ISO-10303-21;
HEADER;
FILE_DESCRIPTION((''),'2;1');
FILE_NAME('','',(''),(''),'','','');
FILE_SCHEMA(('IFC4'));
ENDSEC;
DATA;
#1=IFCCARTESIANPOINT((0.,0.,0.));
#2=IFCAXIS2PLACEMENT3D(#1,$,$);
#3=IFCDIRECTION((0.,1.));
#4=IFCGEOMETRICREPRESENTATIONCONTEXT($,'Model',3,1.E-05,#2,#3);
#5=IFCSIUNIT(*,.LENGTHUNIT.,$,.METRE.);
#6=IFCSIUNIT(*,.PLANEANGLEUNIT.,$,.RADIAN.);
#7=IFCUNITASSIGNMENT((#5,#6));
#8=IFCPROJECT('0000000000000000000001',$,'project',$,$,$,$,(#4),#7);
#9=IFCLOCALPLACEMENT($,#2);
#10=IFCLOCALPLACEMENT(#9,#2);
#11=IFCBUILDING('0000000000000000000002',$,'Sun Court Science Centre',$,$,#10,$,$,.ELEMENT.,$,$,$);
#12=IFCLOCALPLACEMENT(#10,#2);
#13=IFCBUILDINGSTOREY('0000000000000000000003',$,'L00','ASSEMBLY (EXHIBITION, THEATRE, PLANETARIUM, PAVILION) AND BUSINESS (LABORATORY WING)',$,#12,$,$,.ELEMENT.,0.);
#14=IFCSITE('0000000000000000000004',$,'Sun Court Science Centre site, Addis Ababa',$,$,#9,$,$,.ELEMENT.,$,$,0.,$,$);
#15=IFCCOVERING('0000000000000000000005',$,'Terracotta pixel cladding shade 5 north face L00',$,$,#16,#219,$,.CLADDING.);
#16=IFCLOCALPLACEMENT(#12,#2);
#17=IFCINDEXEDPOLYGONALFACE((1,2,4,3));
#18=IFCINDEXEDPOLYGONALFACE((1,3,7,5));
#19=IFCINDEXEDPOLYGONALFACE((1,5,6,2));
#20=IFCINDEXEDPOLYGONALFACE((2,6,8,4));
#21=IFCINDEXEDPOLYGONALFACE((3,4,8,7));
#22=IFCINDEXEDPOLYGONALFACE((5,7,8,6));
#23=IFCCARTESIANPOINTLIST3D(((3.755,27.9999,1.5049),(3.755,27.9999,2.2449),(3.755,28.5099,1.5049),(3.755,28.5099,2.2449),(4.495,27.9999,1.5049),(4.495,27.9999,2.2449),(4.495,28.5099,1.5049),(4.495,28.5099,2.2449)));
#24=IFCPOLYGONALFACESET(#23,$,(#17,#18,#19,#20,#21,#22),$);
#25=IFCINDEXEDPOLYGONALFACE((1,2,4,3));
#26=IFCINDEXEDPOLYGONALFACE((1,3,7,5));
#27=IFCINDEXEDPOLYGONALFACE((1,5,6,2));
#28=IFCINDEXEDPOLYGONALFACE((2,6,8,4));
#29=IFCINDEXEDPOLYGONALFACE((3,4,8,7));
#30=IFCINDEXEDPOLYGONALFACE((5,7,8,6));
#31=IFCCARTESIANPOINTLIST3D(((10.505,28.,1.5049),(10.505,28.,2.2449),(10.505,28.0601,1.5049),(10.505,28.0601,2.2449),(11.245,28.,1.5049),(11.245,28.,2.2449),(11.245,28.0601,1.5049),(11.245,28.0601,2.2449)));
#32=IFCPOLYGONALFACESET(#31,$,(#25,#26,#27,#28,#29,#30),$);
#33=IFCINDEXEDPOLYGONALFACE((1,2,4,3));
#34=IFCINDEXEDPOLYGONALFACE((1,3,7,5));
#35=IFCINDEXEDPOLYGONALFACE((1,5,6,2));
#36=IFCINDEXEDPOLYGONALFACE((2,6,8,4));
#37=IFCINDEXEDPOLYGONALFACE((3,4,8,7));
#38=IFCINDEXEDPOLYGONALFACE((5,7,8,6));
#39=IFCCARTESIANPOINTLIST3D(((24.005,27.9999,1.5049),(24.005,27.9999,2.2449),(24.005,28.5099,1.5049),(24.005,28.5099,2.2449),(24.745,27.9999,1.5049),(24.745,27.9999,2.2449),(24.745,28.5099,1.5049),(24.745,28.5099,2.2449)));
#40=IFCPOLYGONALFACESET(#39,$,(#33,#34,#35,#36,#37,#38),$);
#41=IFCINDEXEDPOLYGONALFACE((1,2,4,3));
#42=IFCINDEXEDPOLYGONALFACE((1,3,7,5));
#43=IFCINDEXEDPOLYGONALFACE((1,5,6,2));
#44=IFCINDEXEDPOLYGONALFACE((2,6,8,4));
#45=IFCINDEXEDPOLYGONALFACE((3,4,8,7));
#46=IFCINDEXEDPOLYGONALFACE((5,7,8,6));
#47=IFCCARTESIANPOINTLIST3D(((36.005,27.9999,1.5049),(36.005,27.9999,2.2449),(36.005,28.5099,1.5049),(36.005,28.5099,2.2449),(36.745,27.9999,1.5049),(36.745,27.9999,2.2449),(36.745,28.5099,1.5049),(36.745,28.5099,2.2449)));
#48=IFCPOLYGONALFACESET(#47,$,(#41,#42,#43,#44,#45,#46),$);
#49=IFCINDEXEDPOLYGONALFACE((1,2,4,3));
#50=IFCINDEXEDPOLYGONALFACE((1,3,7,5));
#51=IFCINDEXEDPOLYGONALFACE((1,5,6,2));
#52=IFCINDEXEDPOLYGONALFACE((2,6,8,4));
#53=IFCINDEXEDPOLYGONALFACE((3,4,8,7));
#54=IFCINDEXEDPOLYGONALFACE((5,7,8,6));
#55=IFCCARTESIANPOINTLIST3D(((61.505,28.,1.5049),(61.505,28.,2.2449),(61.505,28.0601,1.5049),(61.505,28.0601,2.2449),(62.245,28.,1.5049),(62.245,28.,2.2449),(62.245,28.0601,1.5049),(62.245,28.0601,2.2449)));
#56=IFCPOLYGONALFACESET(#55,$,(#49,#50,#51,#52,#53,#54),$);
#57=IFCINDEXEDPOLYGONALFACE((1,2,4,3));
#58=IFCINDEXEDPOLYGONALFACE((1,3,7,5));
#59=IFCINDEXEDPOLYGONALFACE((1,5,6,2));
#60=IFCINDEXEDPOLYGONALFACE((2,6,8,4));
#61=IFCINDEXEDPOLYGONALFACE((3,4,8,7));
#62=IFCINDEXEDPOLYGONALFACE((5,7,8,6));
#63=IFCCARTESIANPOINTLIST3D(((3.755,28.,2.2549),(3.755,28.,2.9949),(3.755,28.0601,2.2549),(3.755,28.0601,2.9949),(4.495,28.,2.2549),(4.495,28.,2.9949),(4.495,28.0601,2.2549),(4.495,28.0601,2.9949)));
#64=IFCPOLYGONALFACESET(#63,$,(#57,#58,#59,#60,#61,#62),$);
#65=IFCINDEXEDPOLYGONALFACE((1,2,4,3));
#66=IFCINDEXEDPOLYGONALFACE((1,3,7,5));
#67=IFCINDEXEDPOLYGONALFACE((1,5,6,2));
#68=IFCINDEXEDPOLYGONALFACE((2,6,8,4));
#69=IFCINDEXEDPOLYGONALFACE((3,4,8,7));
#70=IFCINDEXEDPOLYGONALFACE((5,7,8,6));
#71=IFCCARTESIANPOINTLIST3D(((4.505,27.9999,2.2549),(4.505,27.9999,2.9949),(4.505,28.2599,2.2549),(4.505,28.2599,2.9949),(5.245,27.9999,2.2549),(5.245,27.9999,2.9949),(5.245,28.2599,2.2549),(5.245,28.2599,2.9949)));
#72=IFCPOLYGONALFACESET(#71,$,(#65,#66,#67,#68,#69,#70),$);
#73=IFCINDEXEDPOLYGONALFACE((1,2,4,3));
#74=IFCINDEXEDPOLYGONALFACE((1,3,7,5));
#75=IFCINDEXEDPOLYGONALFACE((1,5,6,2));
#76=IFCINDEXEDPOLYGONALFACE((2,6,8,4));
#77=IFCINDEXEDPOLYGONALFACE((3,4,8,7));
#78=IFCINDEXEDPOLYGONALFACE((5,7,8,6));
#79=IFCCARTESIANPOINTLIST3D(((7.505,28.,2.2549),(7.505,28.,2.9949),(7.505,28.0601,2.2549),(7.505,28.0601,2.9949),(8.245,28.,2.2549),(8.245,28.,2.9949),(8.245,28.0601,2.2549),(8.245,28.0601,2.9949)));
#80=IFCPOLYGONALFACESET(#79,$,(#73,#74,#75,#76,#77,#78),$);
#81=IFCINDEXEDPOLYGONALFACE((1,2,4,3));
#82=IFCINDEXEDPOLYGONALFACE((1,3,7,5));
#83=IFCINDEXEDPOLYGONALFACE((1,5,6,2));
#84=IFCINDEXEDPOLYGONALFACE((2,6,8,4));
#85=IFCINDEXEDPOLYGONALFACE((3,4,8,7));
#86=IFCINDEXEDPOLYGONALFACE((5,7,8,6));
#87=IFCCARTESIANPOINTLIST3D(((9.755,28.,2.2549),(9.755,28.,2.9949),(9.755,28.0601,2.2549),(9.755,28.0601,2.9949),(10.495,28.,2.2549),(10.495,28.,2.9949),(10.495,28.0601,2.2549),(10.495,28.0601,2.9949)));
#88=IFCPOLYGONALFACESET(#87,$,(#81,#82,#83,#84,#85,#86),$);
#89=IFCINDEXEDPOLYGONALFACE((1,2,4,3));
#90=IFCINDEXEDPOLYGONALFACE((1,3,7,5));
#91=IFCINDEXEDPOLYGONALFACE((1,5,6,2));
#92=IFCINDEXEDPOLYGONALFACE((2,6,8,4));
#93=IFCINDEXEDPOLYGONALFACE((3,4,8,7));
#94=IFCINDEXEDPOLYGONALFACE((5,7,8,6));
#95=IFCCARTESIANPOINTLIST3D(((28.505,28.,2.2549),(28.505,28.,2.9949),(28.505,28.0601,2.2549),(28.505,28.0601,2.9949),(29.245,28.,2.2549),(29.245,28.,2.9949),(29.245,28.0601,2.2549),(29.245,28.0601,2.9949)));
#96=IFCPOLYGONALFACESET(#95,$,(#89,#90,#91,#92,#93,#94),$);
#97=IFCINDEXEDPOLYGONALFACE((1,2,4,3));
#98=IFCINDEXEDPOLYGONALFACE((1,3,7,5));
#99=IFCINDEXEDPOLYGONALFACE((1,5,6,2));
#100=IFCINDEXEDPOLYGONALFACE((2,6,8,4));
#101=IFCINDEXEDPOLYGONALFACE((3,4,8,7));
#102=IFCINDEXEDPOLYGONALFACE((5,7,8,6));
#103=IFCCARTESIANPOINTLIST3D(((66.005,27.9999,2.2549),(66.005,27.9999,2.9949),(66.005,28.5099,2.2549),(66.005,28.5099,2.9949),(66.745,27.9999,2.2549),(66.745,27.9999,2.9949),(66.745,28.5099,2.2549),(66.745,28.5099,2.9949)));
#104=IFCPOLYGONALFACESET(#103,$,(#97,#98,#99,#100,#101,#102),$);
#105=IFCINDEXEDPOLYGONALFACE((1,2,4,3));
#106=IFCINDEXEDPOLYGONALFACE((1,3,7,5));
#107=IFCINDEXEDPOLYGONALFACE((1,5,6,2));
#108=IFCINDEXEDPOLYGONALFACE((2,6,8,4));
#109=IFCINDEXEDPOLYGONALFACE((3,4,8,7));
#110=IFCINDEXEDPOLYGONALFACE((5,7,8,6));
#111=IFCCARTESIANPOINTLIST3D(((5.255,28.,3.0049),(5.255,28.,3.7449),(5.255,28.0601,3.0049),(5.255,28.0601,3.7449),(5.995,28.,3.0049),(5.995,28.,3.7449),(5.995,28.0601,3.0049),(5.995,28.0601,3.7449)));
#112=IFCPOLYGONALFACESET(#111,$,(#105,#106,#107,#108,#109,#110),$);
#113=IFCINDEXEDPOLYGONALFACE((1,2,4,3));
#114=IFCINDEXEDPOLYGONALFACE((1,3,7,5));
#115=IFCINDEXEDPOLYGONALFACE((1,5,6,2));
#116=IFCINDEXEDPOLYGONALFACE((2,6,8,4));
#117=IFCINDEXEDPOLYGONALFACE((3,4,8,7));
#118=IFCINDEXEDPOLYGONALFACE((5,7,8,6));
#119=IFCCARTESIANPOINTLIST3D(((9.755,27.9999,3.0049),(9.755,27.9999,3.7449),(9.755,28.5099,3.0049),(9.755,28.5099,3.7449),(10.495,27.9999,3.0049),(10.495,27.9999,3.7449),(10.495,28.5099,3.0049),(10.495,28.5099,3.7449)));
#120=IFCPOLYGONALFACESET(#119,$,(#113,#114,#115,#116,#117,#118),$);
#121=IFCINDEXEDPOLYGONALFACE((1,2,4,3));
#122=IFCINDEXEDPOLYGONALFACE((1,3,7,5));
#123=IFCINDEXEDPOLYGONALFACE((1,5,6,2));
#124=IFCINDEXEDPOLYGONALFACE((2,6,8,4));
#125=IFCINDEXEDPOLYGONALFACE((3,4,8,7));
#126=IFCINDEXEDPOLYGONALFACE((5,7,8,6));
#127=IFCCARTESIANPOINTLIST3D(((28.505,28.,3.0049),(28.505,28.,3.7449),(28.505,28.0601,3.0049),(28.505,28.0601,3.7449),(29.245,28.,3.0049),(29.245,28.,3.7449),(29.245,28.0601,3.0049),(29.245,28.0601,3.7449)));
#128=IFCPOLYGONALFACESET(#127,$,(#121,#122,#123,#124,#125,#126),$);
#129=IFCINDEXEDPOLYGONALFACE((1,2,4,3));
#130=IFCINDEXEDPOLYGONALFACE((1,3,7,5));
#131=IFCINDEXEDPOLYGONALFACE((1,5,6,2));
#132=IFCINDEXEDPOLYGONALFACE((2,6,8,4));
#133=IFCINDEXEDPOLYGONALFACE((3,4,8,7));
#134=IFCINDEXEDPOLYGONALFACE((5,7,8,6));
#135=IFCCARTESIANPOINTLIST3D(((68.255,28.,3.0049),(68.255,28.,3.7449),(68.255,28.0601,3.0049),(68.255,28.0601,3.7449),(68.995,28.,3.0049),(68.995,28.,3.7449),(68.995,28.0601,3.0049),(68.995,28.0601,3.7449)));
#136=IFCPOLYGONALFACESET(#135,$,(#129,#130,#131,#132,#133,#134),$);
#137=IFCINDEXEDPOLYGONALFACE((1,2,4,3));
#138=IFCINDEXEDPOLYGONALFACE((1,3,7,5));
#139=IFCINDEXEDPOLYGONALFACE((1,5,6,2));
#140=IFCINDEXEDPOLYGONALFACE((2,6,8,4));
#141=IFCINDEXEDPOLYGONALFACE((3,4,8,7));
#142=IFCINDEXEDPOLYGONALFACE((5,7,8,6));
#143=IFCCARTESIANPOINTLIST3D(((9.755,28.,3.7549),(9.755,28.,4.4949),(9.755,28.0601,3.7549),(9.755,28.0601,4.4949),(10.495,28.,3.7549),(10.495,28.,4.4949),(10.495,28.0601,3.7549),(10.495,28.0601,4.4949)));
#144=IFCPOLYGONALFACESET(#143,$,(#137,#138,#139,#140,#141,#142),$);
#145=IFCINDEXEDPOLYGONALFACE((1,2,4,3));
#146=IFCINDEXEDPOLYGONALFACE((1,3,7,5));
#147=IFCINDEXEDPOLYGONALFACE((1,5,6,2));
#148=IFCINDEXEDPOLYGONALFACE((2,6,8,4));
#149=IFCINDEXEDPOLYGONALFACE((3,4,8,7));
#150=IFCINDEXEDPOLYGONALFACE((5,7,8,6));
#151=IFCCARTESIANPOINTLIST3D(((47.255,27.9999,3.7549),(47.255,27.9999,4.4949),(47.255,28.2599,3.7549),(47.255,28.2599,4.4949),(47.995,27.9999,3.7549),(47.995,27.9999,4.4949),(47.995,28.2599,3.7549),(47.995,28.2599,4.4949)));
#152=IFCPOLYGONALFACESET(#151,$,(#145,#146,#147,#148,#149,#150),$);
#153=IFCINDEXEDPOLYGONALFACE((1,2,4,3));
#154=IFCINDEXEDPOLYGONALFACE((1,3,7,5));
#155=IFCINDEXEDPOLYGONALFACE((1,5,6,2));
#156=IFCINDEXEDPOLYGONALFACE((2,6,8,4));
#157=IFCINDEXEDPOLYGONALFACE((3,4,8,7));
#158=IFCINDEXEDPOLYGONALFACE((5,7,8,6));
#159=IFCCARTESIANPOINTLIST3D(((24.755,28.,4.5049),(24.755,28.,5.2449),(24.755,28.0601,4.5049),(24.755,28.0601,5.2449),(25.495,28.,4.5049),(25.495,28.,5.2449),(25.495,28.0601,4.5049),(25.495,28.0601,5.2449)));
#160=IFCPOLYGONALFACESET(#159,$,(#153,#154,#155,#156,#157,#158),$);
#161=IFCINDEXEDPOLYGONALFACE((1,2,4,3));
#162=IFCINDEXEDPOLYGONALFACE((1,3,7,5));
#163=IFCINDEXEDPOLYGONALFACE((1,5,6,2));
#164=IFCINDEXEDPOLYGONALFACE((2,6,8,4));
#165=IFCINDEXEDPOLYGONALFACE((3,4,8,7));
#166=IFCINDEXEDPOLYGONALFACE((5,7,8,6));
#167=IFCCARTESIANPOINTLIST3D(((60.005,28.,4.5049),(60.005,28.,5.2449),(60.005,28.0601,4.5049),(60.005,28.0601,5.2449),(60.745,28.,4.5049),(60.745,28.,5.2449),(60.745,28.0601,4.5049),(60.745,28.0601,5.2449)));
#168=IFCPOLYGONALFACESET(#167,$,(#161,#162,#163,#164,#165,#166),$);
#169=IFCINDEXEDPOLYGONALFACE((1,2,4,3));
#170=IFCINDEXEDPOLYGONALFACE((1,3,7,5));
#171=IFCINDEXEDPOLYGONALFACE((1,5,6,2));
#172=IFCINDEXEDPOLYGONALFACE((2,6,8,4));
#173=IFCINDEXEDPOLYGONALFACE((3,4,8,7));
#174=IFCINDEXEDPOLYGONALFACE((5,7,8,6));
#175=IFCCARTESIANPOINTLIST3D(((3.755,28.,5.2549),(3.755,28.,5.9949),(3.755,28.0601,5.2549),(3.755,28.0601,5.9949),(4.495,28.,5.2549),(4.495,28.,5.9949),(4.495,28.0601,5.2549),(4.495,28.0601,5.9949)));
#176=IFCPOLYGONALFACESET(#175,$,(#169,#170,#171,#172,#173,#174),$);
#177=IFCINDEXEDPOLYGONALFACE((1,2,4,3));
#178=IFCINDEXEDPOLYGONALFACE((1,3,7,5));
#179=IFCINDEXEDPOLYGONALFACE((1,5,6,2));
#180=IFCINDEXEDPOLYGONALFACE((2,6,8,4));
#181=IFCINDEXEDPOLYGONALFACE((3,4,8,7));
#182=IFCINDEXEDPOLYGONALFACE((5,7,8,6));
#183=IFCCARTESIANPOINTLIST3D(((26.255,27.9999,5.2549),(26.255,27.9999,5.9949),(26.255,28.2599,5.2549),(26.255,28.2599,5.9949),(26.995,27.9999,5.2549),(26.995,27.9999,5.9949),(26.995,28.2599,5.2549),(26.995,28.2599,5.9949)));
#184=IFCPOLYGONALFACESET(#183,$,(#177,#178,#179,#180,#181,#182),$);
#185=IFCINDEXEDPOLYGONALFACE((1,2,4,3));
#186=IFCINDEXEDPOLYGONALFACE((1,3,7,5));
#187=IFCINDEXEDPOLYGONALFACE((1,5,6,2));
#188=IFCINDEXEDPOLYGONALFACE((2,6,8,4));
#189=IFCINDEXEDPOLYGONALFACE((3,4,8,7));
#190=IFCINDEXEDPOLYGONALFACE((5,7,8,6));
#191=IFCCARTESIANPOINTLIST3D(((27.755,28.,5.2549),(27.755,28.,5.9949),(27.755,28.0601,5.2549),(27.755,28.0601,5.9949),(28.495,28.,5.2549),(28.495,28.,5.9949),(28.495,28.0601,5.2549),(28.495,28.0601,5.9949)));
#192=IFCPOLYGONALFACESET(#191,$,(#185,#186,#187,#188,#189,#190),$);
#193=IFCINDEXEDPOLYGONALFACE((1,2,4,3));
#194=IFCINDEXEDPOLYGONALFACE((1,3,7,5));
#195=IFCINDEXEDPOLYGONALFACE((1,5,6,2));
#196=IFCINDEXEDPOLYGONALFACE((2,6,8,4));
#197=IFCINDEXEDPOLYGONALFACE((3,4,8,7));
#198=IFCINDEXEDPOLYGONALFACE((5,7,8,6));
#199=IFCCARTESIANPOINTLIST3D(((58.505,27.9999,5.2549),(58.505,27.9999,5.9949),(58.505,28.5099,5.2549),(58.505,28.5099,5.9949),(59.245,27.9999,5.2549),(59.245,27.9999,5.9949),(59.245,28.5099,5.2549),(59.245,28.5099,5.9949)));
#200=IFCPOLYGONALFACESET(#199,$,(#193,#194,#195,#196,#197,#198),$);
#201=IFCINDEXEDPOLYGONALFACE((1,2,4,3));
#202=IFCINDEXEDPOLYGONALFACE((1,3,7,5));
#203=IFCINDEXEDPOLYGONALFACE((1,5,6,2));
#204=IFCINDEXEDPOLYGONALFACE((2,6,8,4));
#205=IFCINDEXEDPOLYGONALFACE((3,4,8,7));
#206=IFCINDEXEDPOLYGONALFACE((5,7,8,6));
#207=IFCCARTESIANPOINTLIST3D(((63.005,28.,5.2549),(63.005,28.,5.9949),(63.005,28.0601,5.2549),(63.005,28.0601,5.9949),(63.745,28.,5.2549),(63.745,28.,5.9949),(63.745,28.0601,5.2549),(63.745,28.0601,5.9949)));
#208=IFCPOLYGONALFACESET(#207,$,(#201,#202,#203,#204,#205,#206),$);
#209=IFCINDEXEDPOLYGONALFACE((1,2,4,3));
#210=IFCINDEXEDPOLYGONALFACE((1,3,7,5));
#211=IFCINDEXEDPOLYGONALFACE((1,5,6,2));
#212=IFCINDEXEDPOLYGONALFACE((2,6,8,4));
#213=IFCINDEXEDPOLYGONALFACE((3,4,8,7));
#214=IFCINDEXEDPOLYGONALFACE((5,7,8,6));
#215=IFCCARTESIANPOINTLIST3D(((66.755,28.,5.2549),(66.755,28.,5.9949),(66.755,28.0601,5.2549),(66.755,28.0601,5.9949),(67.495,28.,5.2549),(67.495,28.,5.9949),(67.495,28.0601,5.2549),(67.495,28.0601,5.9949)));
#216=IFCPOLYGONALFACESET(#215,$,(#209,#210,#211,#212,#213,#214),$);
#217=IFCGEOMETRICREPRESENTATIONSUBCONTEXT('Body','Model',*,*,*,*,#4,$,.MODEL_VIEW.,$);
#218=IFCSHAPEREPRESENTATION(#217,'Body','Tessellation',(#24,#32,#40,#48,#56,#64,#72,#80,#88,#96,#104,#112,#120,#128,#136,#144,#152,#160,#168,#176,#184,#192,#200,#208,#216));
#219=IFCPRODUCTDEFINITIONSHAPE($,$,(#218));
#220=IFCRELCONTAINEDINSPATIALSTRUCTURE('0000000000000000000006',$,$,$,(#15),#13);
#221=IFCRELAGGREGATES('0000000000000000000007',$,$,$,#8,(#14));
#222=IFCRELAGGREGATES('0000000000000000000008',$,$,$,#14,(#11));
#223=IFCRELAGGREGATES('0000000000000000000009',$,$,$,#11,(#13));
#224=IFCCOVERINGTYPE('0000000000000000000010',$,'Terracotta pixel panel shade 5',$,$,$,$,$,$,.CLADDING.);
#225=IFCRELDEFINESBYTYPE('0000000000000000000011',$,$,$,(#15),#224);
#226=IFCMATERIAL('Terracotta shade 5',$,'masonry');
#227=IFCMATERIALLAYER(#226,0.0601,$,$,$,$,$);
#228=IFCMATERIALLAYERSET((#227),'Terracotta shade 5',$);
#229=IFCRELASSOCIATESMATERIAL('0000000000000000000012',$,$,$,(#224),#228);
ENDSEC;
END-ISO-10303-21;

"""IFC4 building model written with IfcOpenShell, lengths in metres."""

from ifc_helpers import new_model, si_unit, direction, frame, origin, origin_2d, place, context, subcontext, project, spatial, rectangle, extrude, material, layer, layer_set, type_object, element, save


model = new_model("IFC4")

# Units and contexts
model_context = context("Model", 3, precision=1e-05, world=origin(), true_north=direction((0.0, 1.0)))
body_context = subcontext(model_context, "Body", "Model", "MODEL_VIEW")
ifc_project = project(units=[si_unit("LENGTHUNIT", "METRE"), si_unit("PLANEANGLEUNIT", "RADIAN")], contexts=[model_context])

# Site, building, storey
site_placement = place(None, origin())
site = spatial("IfcSite", under=ifc_project, at=site_placement, Name="Sun Court Science Centre site, Addis Ababa", CompositionType="ELEMENT", RefElevation=0.0)
building_placement = place(site_placement, origin())
building = spatial("IfcBuilding", under=site, at=building_placement, Name="Sun Court Science Centre", CompositionType="ELEMENT")
storey_placement = place(building_placement, origin())
storey = spatial("IfcBuildingStorey", under=building, at=storey_placement, Name="L00", Description="ASSEMBLY (EXHIBITION, THEATRE, PLANETARIUM, PAVILION) AND BUSINESS (LABORATORY WING)", CompositionType="ELEMENT", Elevation=0.0)

# Covering
ifc_material_1 = material(Name="Terracotta shade 5", Category="masonry")
ifc_layer_1 = layer(ifc_material_1, 0.0601)
ifc_layer_set_1 = layer_set([ifc_layer_1], Name="Terracotta shade 5")
covering_type_1 = type_object("IfcCoveringType", Name="Terracotta pixel panel shade 5", PredefinedType="CLADDING", material=ifc_layer_set_1)
covering_1_placement = place(storey_placement, origin())
element("IfcCovering", 1, at=covering_1_placement, inside=storey, type_object=covering_type_1, Name="Terracotta pixel cladding shade 5 north face L00", PredefinedType="CLADDING", context=body_context, shape_type="SweptSolid", body=[
    extrude(rectangle(XDim=0.74, YDim=0.51, at=origin_2d()), frame((4.125, 28.2549, 1.5049), z_axis=(0.0, 0.0, 1.0), x_axis=(1.0, 0.0, 0.0)), (0.0, 0.0, 1.0), 0.74),
    extrude(rectangle(XDim=0.74, YDim=0.0601, at=origin_2d()), frame((10.875, 28.03, 1.5049), z_axis=(0.0, 0.0, 1.0), x_axis=(1.0, 0.0, 0.0)), (0.0, 0.0, 1.0), 0.74),
    extrude(rectangle(XDim=0.74, YDim=0.51, at=origin_2d()), frame((24.375, 28.2549, 1.5049), z_axis=(0.0, 0.0, 1.0), x_axis=(1.0, 0.0, 0.0)), (0.0, 0.0, 1.0), 0.74),
    extrude(rectangle(XDim=0.74, YDim=0.51, at=origin_2d()), frame((36.375, 28.2549, 1.5049), z_axis=(0.0, 0.0, 1.0), x_axis=(1.0, 0.0, 0.0)), (0.0, 0.0, 1.0), 0.74),
    extrude(rectangle(XDim=0.74, YDim=0.0601, at=origin_2d()), frame((61.875, 28.03, 1.5049), z_axis=(0.0, 0.0, 1.0), x_axis=(1.0, 0.0, 0.0)), (0.0, 0.0, 1.0), 0.74),
    extrude(rectangle(XDim=0.74, YDim=0.0601, at=origin_2d()), frame((4.125, 28.03, 2.2549), z_axis=(0.0, 0.0, 1.0), x_axis=(1.0, 0.0, 0.0)), (0.0, 0.0, 1.0), 0.74),
    extrude(rectangle(XDim=0.74, YDim=0.26, at=origin_2d()), frame((4.875, 28.1299, 2.2549), z_axis=(0.0, 0.0, 1.0), x_axis=(1.0, 0.0, 0.0)), (0.0, 0.0, 1.0), 0.74),
    extrude(rectangle(XDim=0.74, YDim=0.0601, at=origin_2d()), frame((7.875, 28.03, 2.2549), z_axis=(0.0, 0.0, 1.0), x_axis=(1.0, 0.0, 0.0)), (0.0, 0.0, 1.0), 0.74),
    extrude(rectangle(XDim=0.74, YDim=0.0601, at=origin_2d()), frame((10.125, 28.03, 2.2549), z_axis=(0.0, 0.0, 1.0), x_axis=(1.0, 0.0, 0.0)), (0.0, 0.0, 1.0), 0.74),
    extrude(rectangle(XDim=0.74, YDim=0.0601, at=origin_2d()), frame((28.875, 28.03, 2.2549), z_axis=(0.0, 0.0, 1.0), x_axis=(1.0, 0.0, 0.0)), (0.0, 0.0, 1.0), 0.74),
    extrude(rectangle(XDim=0.74, YDim=0.51, at=origin_2d()), frame((66.375, 28.2549, 2.2549), z_axis=(0.0, 0.0, 1.0), x_axis=(1.0, 0.0, 0.0)), (0.0, 0.0, 1.0), 0.74),
    extrude(rectangle(XDim=0.74, YDim=0.0601, at=origin_2d()), frame((5.625, 28.03, 3.0049), z_axis=(0.0, 0.0, 1.0), x_axis=(1.0, 0.0, 0.0)), (0.0, 0.0, 1.0), 0.74),
    extrude(rectangle(XDim=0.74, YDim=0.51, at=origin_2d()), frame((10.125, 28.2549, 3.0049), z_axis=(0.0, 0.0, 1.0), x_axis=(1.0, 0.0, 0.0)), (0.0, 0.0, 1.0), 0.74),
    extrude(rectangle(XDim=0.74, YDim=0.0601, at=origin_2d()), frame((28.875, 28.03, 3.0049), z_axis=(0.0, 0.0, 1.0), x_axis=(1.0, 0.0, 0.0)), (0.0, 0.0, 1.0), 0.74),
    extrude(rectangle(XDim=0.74, YDim=0.0601, at=origin_2d()), frame((68.625, 28.03, 3.0049), z_axis=(0.0, 0.0, 1.0), x_axis=(1.0, 0.0, 0.0)), (0.0, 0.0, 1.0), 0.74),
    extrude(rectangle(XDim=0.74, YDim=0.0601, at=origin_2d()), frame((10.125, 28.03, 3.7549), z_axis=(0.0, 0.0, 1.0), x_axis=(1.0, 0.0, 0.0)), (0.0, 0.0, 1.0), 0.74),
    extrude(rectangle(XDim=0.74, YDim=0.26, at=origin_2d()), frame((47.625, 28.1299, 3.7549), z_axis=(0.0, 0.0, 1.0), x_axis=(1.0, 0.0, 0.0)), (0.0, 0.0, 1.0), 0.74),
    extrude(rectangle(XDim=0.74, YDim=0.0601, at=origin_2d()), frame((25.125, 28.03, 4.5049), z_axis=(0.0, 0.0, 1.0), x_axis=(1.0, 0.0, 0.0)), (0.0, 0.0, 1.0), 0.74),
    extrude(rectangle(XDim=0.74, YDim=0.0601, at=origin_2d()), frame((60.375, 28.03, 4.5049), z_axis=(0.0, 0.0, 1.0), x_axis=(1.0, 0.0, 0.0)), (0.0, 0.0, 1.0), 0.74),
    extrude(rectangle(XDim=0.74, YDim=0.0601, at=origin_2d()), frame((4.125, 28.03, 5.2549), z_axis=(0.0, 0.0, 1.0), x_axis=(1.0, 0.0, 0.0)), (0.0, 0.0, 1.0), 0.74),
    extrude(rectangle(XDim=0.74, YDim=0.26, at=origin_2d()), frame((26.625, 28.1299, 5.2549), z_axis=(0.0, 0.0, 1.0), x_axis=(1.0, 0.0, 0.0)), (0.0, 0.0, 1.0), 0.74),
    extrude(rectangle(XDim=0.74, YDim=0.0601, at=origin_2d()), frame((28.125, 28.03, 5.2549), z_axis=(0.0, 0.0, 1.0), x_axis=(1.0, 0.0, 0.0)), (0.0, 0.0, 1.0), 0.74),
    extrude(rectangle(XDim=0.74, YDim=0.51, at=origin_2d()), frame((58.875, 28.2549, 5.2549), z_axis=(0.0, 0.0, 1.0), x_axis=(1.0, 0.0, 0.0)), (0.0, 0.0, 1.0), 0.74),
    extrude(rectangle(XDim=0.74, YDim=0.0601, at=origin_2d()), frame((63.375, 28.03, 5.2549), z_axis=(0.0, 0.0, 1.0), x_axis=(1.0, 0.0, 0.0)), (0.0, 0.0, 1.0), 0.74),
    extrude(rectangle(XDim=0.74, YDim=0.0601, at=origin_2d()), frame((67.125, 28.03, 5.2549), z_axis=(0.0, 0.0, 1.0), x_axis=(1.0, 0.0, 0.0)), (0.0, 0.0, 1.0), 0.74),
])

save(model, "model.ifc")
